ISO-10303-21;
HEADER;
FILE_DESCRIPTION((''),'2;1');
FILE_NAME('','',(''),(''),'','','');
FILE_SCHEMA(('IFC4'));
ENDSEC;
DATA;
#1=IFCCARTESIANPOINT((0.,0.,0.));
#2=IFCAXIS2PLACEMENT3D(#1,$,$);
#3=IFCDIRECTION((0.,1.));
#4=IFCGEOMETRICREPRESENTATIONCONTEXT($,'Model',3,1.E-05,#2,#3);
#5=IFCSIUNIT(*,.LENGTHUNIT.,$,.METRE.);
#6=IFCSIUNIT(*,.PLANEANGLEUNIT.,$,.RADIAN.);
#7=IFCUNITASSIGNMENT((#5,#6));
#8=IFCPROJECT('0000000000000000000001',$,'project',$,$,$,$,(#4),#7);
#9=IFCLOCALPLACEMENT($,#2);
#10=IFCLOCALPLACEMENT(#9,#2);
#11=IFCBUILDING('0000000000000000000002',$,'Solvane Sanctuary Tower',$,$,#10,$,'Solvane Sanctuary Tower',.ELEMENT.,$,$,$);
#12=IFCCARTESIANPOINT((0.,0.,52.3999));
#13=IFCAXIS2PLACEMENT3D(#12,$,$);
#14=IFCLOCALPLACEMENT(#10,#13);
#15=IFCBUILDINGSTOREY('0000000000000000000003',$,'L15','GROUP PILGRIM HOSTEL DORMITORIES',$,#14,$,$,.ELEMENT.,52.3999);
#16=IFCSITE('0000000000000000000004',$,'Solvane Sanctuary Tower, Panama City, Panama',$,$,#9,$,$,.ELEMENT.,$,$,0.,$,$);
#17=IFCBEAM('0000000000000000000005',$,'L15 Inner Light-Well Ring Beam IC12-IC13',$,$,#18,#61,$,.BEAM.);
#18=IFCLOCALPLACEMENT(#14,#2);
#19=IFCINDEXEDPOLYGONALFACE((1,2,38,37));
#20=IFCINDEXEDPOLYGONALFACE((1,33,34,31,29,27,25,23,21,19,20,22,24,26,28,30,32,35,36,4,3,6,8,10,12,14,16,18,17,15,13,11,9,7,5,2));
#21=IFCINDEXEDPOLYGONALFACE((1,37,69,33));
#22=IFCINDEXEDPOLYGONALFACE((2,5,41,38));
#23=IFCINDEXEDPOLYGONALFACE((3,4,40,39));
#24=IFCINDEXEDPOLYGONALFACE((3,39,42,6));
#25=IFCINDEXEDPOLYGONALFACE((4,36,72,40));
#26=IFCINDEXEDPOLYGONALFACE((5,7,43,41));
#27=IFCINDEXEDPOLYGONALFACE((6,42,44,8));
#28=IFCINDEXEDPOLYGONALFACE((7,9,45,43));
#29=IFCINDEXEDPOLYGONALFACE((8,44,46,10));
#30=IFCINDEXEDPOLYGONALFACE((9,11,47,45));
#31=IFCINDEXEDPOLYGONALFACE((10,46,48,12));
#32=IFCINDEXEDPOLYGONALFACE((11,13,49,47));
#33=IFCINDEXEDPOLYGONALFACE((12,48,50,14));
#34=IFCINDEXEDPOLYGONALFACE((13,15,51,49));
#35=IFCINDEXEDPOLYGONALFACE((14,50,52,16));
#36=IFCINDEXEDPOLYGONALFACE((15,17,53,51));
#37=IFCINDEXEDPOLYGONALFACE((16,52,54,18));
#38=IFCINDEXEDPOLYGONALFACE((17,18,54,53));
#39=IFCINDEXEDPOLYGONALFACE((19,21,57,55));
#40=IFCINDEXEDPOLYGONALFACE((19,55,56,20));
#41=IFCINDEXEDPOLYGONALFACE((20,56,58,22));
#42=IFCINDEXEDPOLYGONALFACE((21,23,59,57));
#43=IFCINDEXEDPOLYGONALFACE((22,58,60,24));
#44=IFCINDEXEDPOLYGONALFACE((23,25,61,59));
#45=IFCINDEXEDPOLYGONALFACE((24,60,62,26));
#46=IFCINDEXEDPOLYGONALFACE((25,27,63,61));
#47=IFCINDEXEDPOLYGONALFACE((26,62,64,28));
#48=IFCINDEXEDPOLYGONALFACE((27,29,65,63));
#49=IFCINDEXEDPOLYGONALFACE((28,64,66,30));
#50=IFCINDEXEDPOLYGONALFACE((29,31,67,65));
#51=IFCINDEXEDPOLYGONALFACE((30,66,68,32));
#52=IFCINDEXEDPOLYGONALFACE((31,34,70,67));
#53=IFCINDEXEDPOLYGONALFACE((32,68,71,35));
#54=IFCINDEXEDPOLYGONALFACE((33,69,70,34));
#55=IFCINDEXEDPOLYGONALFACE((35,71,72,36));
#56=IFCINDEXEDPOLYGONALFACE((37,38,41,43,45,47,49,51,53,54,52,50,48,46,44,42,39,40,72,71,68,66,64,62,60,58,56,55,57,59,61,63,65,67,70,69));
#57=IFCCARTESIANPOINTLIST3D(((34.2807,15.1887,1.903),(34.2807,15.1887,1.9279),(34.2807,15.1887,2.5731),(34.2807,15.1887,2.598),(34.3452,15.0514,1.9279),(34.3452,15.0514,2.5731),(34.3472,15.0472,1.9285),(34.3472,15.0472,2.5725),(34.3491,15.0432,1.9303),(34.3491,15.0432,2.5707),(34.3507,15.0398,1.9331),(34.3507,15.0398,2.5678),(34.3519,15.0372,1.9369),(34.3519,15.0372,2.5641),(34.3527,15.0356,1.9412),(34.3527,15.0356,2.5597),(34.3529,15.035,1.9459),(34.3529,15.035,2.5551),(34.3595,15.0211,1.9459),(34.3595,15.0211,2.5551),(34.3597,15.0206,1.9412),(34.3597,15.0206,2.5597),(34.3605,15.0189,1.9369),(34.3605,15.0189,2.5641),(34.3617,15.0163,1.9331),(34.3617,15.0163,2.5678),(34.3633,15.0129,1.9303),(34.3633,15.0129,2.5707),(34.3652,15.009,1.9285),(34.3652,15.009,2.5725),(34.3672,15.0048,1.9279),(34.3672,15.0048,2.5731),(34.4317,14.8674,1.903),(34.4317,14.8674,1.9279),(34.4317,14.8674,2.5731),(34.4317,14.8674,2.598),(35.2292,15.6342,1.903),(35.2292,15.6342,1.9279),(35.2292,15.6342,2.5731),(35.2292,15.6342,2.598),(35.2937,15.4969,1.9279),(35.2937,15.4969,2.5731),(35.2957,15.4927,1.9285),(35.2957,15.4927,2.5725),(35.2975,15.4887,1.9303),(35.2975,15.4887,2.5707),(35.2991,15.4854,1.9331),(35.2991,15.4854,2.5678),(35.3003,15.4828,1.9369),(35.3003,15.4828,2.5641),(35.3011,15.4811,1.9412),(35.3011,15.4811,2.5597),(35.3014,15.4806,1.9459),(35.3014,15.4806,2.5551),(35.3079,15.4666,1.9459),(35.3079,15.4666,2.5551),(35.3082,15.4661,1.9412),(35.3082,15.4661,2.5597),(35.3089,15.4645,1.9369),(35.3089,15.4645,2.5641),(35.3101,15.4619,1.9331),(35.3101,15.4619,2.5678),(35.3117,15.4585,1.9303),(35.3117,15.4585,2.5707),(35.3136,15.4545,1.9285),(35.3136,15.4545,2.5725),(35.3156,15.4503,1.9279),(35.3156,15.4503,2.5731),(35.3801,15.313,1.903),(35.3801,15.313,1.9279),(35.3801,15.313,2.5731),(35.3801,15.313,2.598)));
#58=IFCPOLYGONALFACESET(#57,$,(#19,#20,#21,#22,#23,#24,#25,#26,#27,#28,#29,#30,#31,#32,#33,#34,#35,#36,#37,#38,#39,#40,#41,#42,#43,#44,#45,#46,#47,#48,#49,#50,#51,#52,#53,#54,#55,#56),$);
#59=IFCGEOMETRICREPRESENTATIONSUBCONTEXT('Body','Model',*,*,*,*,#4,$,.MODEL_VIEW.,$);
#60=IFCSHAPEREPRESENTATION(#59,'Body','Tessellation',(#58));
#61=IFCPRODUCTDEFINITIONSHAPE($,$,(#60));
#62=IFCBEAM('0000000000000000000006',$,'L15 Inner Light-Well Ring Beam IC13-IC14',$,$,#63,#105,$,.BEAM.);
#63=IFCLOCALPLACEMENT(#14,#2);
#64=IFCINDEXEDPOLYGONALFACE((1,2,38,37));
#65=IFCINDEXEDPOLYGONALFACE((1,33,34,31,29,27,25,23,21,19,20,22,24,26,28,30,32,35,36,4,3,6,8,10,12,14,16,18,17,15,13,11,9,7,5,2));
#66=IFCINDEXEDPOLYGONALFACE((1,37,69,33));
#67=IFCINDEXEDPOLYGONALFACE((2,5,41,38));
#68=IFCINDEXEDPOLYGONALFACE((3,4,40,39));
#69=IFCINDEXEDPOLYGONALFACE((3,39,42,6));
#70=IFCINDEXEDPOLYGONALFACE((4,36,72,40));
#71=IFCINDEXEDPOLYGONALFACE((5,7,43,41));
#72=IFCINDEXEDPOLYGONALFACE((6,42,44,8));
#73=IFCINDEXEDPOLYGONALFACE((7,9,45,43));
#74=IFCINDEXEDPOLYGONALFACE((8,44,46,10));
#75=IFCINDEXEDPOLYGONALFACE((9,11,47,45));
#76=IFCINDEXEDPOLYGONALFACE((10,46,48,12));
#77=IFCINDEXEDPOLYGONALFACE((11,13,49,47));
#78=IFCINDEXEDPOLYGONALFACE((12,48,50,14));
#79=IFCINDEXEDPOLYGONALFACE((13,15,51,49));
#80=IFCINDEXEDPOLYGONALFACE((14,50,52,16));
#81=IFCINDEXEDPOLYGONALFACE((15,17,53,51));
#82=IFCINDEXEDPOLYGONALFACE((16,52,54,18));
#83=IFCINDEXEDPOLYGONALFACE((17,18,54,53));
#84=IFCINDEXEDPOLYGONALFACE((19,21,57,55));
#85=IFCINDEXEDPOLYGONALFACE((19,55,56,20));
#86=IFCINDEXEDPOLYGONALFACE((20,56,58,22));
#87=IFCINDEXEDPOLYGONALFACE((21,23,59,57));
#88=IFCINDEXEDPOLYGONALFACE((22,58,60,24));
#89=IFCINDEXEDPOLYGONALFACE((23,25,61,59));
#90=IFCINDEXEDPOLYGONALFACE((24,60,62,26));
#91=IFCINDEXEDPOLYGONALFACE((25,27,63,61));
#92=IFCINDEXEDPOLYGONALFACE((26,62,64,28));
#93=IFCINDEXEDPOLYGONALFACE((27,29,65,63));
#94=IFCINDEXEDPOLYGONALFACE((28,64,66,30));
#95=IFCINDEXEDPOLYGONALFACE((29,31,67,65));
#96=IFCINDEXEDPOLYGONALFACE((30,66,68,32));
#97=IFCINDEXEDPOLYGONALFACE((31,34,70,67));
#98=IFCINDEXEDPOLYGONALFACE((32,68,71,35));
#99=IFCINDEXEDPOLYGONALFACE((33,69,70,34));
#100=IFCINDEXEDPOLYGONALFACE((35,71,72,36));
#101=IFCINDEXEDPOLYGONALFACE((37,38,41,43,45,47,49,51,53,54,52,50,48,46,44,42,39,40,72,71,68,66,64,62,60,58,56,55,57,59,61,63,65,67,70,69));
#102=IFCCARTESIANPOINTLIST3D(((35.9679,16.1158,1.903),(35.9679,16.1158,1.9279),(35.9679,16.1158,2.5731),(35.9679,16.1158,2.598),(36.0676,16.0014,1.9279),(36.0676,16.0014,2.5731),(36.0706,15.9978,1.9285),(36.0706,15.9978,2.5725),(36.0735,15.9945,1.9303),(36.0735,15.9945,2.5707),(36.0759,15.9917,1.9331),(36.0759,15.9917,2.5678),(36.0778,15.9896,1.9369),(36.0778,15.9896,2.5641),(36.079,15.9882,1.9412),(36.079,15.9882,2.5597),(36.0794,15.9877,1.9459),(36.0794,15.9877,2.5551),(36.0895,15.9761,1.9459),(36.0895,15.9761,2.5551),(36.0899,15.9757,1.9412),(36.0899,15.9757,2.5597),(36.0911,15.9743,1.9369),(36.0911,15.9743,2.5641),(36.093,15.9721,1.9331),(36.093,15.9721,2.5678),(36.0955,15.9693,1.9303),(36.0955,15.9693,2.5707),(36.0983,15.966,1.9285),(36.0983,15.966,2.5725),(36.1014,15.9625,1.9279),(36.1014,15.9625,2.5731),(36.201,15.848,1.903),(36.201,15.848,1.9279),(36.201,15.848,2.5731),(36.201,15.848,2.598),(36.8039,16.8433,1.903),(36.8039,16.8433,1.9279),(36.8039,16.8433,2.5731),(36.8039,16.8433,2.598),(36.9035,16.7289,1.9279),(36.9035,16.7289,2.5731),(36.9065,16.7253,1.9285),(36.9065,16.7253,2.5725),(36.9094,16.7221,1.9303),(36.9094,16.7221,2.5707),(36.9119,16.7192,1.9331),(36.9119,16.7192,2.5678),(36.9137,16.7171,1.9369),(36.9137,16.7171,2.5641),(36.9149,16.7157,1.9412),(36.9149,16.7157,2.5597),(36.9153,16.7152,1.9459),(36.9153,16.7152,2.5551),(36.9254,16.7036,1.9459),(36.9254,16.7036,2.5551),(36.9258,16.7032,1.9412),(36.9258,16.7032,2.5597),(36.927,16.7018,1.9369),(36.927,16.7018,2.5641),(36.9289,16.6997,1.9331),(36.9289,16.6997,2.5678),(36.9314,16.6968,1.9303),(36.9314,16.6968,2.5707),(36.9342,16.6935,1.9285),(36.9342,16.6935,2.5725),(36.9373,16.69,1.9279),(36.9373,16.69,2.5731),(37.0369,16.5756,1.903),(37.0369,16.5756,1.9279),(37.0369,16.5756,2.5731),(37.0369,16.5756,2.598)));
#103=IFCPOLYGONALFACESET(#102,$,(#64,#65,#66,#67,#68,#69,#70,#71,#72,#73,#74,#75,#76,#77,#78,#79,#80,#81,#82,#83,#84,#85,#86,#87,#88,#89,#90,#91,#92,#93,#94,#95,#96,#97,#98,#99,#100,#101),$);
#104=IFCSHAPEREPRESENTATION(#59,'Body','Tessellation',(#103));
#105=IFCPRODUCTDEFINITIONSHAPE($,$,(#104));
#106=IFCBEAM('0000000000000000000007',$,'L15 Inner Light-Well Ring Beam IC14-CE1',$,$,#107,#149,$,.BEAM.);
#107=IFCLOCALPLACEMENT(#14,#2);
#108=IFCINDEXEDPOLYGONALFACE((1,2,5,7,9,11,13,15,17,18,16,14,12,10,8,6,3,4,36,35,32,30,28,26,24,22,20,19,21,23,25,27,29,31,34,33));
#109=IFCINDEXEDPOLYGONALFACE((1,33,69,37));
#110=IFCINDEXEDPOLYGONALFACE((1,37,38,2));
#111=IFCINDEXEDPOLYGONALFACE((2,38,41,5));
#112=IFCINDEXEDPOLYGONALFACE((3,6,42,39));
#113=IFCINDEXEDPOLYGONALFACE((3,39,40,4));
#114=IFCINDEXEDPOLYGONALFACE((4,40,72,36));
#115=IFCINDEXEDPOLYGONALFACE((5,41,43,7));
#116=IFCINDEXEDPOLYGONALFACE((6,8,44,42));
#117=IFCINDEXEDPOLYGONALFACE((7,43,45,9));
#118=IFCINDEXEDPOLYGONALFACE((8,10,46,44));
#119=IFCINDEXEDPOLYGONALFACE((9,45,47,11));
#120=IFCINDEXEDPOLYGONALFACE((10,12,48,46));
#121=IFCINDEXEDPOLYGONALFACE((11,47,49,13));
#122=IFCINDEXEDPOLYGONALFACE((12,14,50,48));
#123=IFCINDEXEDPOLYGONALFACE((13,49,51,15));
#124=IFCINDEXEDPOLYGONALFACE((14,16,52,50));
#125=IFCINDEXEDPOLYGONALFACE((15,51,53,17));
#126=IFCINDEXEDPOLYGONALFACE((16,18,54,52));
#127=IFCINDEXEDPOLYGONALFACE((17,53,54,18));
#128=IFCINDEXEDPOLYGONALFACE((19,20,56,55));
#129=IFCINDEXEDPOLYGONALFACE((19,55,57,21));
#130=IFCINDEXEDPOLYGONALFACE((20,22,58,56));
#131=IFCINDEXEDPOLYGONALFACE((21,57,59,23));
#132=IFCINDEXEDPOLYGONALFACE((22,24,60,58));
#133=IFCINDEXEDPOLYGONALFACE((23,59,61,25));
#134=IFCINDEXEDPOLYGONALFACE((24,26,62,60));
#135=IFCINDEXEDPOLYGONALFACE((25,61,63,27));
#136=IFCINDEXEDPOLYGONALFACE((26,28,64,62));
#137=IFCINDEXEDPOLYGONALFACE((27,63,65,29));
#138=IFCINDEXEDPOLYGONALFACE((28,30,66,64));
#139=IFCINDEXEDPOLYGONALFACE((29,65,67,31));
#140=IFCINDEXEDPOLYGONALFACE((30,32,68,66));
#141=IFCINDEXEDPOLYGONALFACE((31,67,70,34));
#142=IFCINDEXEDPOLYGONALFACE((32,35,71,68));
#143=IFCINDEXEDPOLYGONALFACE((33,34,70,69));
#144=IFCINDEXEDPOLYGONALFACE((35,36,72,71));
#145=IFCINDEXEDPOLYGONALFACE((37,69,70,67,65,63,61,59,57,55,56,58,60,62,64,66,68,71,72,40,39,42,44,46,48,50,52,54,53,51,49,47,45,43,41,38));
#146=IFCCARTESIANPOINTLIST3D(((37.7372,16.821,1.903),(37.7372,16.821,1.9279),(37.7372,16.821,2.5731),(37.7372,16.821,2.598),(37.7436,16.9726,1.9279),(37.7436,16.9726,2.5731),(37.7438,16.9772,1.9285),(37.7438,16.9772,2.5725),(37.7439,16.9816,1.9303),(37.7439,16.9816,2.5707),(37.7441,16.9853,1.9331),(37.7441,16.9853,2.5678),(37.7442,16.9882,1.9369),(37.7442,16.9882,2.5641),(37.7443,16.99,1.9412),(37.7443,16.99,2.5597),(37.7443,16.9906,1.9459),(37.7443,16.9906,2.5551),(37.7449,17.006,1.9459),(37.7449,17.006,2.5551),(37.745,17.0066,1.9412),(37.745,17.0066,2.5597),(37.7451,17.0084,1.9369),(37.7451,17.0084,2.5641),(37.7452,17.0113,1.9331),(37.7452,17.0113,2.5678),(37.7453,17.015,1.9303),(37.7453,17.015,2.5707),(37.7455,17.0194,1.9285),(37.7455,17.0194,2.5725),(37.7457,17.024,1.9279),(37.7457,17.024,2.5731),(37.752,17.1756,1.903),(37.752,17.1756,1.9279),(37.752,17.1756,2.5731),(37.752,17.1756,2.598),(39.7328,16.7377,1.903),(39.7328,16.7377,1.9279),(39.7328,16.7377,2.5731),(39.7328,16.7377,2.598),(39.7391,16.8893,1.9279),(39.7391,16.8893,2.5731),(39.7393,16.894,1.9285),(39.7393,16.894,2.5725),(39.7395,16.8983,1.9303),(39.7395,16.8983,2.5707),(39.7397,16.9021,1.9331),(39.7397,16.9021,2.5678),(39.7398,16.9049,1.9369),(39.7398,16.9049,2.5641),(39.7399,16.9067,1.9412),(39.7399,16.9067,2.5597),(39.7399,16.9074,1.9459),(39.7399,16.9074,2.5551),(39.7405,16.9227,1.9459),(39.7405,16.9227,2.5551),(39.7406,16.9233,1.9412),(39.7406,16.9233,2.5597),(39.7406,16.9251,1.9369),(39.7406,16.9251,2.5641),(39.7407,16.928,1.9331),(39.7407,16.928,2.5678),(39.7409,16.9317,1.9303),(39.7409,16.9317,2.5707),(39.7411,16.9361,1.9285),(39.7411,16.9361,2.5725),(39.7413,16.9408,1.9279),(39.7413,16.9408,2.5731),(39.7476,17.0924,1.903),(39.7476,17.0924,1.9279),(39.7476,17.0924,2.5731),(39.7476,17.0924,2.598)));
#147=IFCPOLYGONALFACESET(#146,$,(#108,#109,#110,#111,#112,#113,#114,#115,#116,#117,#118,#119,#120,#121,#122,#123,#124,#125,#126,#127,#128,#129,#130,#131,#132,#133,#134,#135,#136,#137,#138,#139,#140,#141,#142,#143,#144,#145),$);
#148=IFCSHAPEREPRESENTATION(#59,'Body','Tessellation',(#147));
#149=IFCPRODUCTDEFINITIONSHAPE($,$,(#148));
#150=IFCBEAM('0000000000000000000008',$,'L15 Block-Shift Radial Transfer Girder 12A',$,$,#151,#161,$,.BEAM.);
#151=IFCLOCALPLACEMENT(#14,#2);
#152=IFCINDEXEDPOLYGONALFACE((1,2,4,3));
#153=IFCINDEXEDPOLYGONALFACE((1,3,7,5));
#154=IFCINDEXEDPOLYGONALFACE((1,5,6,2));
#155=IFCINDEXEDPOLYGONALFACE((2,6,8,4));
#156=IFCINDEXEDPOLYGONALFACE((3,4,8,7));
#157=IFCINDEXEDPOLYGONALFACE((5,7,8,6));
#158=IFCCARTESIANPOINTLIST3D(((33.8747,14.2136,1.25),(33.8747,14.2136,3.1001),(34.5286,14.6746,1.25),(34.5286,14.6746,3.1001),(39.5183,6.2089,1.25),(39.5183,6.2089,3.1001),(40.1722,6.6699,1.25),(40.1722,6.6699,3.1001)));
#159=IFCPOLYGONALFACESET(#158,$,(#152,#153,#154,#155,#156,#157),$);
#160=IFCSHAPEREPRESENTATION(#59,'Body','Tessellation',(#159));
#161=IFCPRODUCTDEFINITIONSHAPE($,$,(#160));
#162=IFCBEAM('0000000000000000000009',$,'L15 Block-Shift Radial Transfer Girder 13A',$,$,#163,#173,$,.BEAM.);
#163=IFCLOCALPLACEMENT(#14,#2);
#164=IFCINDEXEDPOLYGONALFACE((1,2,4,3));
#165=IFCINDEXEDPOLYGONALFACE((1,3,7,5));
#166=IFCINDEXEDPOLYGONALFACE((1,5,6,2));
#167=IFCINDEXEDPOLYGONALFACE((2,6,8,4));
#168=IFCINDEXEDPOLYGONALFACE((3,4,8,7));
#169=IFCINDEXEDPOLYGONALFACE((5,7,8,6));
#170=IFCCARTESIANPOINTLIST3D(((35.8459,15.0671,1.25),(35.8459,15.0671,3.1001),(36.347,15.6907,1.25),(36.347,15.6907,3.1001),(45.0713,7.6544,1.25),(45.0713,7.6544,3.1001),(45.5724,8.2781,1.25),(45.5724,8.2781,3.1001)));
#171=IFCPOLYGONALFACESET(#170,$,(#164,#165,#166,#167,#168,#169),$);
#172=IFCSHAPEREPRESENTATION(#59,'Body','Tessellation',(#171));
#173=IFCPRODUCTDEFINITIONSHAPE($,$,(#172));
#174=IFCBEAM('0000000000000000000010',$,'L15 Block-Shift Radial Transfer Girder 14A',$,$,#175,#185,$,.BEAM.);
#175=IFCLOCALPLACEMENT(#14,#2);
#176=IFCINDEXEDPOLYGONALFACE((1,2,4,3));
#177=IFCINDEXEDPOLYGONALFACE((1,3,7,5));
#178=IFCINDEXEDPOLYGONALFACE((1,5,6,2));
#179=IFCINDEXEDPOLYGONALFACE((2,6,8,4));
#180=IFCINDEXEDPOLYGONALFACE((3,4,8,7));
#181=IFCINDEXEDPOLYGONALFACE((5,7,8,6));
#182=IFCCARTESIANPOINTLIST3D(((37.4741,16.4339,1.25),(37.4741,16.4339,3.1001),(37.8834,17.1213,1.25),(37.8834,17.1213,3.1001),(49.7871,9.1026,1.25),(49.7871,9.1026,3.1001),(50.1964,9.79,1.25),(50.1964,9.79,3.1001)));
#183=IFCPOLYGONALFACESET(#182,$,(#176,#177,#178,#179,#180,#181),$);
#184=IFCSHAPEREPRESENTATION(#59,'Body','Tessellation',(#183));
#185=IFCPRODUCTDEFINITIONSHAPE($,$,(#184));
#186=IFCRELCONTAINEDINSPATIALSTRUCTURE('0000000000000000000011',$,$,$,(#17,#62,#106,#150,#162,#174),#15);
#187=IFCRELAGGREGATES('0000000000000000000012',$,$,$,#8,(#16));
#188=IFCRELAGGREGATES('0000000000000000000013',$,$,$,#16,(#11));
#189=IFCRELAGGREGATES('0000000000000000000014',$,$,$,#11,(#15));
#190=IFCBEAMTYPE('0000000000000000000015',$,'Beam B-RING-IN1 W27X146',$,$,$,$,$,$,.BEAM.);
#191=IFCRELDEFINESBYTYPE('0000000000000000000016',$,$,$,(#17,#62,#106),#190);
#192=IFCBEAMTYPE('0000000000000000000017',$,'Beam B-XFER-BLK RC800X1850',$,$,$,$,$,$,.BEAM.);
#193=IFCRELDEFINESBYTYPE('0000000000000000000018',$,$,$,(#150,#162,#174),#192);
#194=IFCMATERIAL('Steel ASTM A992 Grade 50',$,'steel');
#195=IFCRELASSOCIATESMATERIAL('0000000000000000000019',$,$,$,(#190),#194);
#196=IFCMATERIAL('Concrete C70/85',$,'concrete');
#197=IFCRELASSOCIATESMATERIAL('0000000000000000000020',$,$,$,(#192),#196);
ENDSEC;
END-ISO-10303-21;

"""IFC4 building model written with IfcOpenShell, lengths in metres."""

from ifc_helpers import new_model, si_unit, direction, frame, origin, origin_2d, place, context, subcontext, project, spatial, rectangle, i_section, extrude, material, material_profile, profile_set, type_object, element, save


model = new_model("IFC4")

# Units and contexts
model_context = context("Model", 3, precision=1e-05, world=origin(), true_north=direction((0.0, 1.0)))
body_context = subcontext(model_context, "Body", "Model", "MODEL_VIEW")
ifc_project = project(units=[si_unit("LENGTHUNIT", "METRE"), si_unit("PLANEANGLEUNIT", "RADIAN")], contexts=[model_context])

# Site, building, storey
site_placement = place(None, origin())
site = spatial("IfcSite", under=ifc_project, at=site_placement, Name="Solvane Sanctuary Tower, Panama City, Panama", CompositionType="ELEMENT", RefElevation=0.0)
building_placement = place(site_placement, origin())
building = spatial("IfcBuilding", under=site, at=building_placement, Name="Solvane Sanctuary Tower", LongName="Solvane Sanctuary Tower", CompositionType="ELEMENT")
storey_placement = place(building_placement, frame((0.0, 0.0, 52.3999)))
storey = spatial("IfcBuildingStorey", under=building, at=storey_placement, Name="L15", Description="GROUP PILGRIM HOSTEL DORMITORIES", CompositionType="ELEMENT", Elevation=52.3999)

# Shared definitions
ifc_material_1 = material(Name="Concrete C70/85", Category="concrete")

# Beams
ifc_material_2 = material(Name="Steel ASTM A992 Grade 50", Category="steel")
ifc_material_profile_1 = material_profile(ifc_material_2, i_section(OverallWidth=0.355, OverallDepth=0.6951, WebThickness=0.0154, FlangeThickness=0.0249, FilletRadius=0.0181, at=origin_2d()), Name="W27X146")
ifc_profile_set_1 = profile_set([ifc_material_profile_1], Name="Steel ASTM A992 Grade 50")
beam_type_1 = type_object("IfcBeamType", Name="Beam B-RING-IN1 W27X146", PredefinedType="BEAM", material=ifc_profile_set_1)
beam_1_placement = place(storey_placement, frame((34.3562, 15.0281, 2.2505), z_axis=(0.905109, 0.42518, 0.0), x_axis=(-0.42518, 0.905109, 0.0)))
element("IfcBeam", 1, at=beam_1_placement, inside=storey, type_object=beam_type_1, Name="L15 Inner Light-Well Ring Beam IC12-IC13", PredefinedType="BEAM", context=body_context, shape_type="SweptSolid", body=[
    extrude(i_section(OverallWidth=0.355, OverallDepth=0.6951, WebThickness=0.0154, FlangeThickness=0.0249, FilletRadius=0.0181, at=origin_2d()), origin(), (0.0, 0.0, 1.0), 1.0479),
])
beam_2_placement = place(storey_placement, frame((36.0845, 15.9819, 2.2505), z_axis=(0.754321, 0.656506, 0.0), x_axis=(-0.656506, 0.754321, 0.0)))
element("IfcBeam", 2, at=beam_2_placement, inside=storey, type_object=beam_type_1, Name="L15 Inner Light-Well Ring Beam IC13-IC14", PredefinedType="BEAM", context=body_context, shape_type="SweptSolid", body=[
    extrude(i_section(OverallWidth=0.355, OverallDepth=0.6951, WebThickness=0.0154, FlangeThickness=0.0249, FilletRadius=0.0181, at=origin_2d()), origin(), (0.0, 0.0, 1.0), 1.1082),
])
beam_3_placement = place(storey_placement, frame((37.7446, 16.9983, 2.2505), z_axis=(0.999131, -0.041681, 0.0), x_axis=(0.041681, 0.999131, 0.0)))
element("IfcBeam", 3, at=beam_3_placement, inside=storey, type_object=beam_type_1, Name="L15 Inner Light-Well Ring Beam IC14-CE1", PredefinedType="BEAM", context=body_context, shape_type="SweptSolid", body=[
    extrude(i_section(OverallWidth=0.355, OverallDepth=0.6951, WebThickness=0.0154, FlangeThickness=0.0249, FilletRadius=0.0181, at=origin_2d()), origin(), (0.0, 0.0, 1.0), 1.9973),
])
ifc_material_profile_2 = material_profile(ifc_material_1, rectangle(XDim=0.8, YDim=1.8501, at=origin_2d()), Name="RC800X1850")
ifc_profile_set_2 = profile_set([ifc_material_profile_2], Name="Concrete C70/85")
beam_type_2 = type_object("IfcBeamType", Name="Beam B-XFER-BLK RC800X1850", PredefinedType="BEAM", material=ifc_profile_set_2)
beam_4_placement = place(storey_placement, frame((34.2017, 14.4441, 2.175), z_axis=(0.576221, -0.817294, 0.0), x_axis=(0.817294, 0.576221, 0.0)))
element("IfcBeam", 4, at=beam_4_placement, inside=storey, type_object=beam_type_2, Name="L15 Block-Shift Radial Transfer Girder 12A", PredefinedType="BEAM", context=body_context, shape_type="SweptSolid", body=[
    extrude(rectangle(XDim=0.8, YDim=1.8501, at=origin_2d()), origin(), (0.0, 0.0, 1.0), 9.7942),
])
beam_5_placement = place(storey_placement, frame((36.0964, 15.3789, 2.175), z_axis=(0.779535, -0.626359, 0.0), x_axis=(0.626359, 0.779535, 0.0)))
element("IfcBeam", 5, at=beam_5_placement, inside=storey, type_object=beam_type_2, Name="L15 Block-Shift Radial Transfer Girder 13A", PredefinedType="BEAM", context=body_context, shape_type="SweptSolid", body=[
    extrude(rectangle(XDim=0.8, YDim=1.8501, at=origin_2d()), origin(), (0.0, 0.0, 1.0), 11.8345),
])
beam_6_placement = place(storey_placement, frame((37.6787, 16.7776, 2.175), z_axis=(0.859227, -0.511594, 0.0), x_axis=(0.511594, 0.859227, 0.0)))
element("IfcBeam", 6, at=beam_6_placement, inside=storey, type_object=beam_type_2, Name="L15 Block-Shift Radial Transfer Girder 14A", PredefinedType="BEAM", context=body_context, shape_type="SweptSolid", body=[
    extrude(rectangle(XDim=0.8, YDim=1.8501, at=origin_2d()), origin(), (0.0, 0.0, 1.0), 14.3303),
])

save(model, "model.ifc")
